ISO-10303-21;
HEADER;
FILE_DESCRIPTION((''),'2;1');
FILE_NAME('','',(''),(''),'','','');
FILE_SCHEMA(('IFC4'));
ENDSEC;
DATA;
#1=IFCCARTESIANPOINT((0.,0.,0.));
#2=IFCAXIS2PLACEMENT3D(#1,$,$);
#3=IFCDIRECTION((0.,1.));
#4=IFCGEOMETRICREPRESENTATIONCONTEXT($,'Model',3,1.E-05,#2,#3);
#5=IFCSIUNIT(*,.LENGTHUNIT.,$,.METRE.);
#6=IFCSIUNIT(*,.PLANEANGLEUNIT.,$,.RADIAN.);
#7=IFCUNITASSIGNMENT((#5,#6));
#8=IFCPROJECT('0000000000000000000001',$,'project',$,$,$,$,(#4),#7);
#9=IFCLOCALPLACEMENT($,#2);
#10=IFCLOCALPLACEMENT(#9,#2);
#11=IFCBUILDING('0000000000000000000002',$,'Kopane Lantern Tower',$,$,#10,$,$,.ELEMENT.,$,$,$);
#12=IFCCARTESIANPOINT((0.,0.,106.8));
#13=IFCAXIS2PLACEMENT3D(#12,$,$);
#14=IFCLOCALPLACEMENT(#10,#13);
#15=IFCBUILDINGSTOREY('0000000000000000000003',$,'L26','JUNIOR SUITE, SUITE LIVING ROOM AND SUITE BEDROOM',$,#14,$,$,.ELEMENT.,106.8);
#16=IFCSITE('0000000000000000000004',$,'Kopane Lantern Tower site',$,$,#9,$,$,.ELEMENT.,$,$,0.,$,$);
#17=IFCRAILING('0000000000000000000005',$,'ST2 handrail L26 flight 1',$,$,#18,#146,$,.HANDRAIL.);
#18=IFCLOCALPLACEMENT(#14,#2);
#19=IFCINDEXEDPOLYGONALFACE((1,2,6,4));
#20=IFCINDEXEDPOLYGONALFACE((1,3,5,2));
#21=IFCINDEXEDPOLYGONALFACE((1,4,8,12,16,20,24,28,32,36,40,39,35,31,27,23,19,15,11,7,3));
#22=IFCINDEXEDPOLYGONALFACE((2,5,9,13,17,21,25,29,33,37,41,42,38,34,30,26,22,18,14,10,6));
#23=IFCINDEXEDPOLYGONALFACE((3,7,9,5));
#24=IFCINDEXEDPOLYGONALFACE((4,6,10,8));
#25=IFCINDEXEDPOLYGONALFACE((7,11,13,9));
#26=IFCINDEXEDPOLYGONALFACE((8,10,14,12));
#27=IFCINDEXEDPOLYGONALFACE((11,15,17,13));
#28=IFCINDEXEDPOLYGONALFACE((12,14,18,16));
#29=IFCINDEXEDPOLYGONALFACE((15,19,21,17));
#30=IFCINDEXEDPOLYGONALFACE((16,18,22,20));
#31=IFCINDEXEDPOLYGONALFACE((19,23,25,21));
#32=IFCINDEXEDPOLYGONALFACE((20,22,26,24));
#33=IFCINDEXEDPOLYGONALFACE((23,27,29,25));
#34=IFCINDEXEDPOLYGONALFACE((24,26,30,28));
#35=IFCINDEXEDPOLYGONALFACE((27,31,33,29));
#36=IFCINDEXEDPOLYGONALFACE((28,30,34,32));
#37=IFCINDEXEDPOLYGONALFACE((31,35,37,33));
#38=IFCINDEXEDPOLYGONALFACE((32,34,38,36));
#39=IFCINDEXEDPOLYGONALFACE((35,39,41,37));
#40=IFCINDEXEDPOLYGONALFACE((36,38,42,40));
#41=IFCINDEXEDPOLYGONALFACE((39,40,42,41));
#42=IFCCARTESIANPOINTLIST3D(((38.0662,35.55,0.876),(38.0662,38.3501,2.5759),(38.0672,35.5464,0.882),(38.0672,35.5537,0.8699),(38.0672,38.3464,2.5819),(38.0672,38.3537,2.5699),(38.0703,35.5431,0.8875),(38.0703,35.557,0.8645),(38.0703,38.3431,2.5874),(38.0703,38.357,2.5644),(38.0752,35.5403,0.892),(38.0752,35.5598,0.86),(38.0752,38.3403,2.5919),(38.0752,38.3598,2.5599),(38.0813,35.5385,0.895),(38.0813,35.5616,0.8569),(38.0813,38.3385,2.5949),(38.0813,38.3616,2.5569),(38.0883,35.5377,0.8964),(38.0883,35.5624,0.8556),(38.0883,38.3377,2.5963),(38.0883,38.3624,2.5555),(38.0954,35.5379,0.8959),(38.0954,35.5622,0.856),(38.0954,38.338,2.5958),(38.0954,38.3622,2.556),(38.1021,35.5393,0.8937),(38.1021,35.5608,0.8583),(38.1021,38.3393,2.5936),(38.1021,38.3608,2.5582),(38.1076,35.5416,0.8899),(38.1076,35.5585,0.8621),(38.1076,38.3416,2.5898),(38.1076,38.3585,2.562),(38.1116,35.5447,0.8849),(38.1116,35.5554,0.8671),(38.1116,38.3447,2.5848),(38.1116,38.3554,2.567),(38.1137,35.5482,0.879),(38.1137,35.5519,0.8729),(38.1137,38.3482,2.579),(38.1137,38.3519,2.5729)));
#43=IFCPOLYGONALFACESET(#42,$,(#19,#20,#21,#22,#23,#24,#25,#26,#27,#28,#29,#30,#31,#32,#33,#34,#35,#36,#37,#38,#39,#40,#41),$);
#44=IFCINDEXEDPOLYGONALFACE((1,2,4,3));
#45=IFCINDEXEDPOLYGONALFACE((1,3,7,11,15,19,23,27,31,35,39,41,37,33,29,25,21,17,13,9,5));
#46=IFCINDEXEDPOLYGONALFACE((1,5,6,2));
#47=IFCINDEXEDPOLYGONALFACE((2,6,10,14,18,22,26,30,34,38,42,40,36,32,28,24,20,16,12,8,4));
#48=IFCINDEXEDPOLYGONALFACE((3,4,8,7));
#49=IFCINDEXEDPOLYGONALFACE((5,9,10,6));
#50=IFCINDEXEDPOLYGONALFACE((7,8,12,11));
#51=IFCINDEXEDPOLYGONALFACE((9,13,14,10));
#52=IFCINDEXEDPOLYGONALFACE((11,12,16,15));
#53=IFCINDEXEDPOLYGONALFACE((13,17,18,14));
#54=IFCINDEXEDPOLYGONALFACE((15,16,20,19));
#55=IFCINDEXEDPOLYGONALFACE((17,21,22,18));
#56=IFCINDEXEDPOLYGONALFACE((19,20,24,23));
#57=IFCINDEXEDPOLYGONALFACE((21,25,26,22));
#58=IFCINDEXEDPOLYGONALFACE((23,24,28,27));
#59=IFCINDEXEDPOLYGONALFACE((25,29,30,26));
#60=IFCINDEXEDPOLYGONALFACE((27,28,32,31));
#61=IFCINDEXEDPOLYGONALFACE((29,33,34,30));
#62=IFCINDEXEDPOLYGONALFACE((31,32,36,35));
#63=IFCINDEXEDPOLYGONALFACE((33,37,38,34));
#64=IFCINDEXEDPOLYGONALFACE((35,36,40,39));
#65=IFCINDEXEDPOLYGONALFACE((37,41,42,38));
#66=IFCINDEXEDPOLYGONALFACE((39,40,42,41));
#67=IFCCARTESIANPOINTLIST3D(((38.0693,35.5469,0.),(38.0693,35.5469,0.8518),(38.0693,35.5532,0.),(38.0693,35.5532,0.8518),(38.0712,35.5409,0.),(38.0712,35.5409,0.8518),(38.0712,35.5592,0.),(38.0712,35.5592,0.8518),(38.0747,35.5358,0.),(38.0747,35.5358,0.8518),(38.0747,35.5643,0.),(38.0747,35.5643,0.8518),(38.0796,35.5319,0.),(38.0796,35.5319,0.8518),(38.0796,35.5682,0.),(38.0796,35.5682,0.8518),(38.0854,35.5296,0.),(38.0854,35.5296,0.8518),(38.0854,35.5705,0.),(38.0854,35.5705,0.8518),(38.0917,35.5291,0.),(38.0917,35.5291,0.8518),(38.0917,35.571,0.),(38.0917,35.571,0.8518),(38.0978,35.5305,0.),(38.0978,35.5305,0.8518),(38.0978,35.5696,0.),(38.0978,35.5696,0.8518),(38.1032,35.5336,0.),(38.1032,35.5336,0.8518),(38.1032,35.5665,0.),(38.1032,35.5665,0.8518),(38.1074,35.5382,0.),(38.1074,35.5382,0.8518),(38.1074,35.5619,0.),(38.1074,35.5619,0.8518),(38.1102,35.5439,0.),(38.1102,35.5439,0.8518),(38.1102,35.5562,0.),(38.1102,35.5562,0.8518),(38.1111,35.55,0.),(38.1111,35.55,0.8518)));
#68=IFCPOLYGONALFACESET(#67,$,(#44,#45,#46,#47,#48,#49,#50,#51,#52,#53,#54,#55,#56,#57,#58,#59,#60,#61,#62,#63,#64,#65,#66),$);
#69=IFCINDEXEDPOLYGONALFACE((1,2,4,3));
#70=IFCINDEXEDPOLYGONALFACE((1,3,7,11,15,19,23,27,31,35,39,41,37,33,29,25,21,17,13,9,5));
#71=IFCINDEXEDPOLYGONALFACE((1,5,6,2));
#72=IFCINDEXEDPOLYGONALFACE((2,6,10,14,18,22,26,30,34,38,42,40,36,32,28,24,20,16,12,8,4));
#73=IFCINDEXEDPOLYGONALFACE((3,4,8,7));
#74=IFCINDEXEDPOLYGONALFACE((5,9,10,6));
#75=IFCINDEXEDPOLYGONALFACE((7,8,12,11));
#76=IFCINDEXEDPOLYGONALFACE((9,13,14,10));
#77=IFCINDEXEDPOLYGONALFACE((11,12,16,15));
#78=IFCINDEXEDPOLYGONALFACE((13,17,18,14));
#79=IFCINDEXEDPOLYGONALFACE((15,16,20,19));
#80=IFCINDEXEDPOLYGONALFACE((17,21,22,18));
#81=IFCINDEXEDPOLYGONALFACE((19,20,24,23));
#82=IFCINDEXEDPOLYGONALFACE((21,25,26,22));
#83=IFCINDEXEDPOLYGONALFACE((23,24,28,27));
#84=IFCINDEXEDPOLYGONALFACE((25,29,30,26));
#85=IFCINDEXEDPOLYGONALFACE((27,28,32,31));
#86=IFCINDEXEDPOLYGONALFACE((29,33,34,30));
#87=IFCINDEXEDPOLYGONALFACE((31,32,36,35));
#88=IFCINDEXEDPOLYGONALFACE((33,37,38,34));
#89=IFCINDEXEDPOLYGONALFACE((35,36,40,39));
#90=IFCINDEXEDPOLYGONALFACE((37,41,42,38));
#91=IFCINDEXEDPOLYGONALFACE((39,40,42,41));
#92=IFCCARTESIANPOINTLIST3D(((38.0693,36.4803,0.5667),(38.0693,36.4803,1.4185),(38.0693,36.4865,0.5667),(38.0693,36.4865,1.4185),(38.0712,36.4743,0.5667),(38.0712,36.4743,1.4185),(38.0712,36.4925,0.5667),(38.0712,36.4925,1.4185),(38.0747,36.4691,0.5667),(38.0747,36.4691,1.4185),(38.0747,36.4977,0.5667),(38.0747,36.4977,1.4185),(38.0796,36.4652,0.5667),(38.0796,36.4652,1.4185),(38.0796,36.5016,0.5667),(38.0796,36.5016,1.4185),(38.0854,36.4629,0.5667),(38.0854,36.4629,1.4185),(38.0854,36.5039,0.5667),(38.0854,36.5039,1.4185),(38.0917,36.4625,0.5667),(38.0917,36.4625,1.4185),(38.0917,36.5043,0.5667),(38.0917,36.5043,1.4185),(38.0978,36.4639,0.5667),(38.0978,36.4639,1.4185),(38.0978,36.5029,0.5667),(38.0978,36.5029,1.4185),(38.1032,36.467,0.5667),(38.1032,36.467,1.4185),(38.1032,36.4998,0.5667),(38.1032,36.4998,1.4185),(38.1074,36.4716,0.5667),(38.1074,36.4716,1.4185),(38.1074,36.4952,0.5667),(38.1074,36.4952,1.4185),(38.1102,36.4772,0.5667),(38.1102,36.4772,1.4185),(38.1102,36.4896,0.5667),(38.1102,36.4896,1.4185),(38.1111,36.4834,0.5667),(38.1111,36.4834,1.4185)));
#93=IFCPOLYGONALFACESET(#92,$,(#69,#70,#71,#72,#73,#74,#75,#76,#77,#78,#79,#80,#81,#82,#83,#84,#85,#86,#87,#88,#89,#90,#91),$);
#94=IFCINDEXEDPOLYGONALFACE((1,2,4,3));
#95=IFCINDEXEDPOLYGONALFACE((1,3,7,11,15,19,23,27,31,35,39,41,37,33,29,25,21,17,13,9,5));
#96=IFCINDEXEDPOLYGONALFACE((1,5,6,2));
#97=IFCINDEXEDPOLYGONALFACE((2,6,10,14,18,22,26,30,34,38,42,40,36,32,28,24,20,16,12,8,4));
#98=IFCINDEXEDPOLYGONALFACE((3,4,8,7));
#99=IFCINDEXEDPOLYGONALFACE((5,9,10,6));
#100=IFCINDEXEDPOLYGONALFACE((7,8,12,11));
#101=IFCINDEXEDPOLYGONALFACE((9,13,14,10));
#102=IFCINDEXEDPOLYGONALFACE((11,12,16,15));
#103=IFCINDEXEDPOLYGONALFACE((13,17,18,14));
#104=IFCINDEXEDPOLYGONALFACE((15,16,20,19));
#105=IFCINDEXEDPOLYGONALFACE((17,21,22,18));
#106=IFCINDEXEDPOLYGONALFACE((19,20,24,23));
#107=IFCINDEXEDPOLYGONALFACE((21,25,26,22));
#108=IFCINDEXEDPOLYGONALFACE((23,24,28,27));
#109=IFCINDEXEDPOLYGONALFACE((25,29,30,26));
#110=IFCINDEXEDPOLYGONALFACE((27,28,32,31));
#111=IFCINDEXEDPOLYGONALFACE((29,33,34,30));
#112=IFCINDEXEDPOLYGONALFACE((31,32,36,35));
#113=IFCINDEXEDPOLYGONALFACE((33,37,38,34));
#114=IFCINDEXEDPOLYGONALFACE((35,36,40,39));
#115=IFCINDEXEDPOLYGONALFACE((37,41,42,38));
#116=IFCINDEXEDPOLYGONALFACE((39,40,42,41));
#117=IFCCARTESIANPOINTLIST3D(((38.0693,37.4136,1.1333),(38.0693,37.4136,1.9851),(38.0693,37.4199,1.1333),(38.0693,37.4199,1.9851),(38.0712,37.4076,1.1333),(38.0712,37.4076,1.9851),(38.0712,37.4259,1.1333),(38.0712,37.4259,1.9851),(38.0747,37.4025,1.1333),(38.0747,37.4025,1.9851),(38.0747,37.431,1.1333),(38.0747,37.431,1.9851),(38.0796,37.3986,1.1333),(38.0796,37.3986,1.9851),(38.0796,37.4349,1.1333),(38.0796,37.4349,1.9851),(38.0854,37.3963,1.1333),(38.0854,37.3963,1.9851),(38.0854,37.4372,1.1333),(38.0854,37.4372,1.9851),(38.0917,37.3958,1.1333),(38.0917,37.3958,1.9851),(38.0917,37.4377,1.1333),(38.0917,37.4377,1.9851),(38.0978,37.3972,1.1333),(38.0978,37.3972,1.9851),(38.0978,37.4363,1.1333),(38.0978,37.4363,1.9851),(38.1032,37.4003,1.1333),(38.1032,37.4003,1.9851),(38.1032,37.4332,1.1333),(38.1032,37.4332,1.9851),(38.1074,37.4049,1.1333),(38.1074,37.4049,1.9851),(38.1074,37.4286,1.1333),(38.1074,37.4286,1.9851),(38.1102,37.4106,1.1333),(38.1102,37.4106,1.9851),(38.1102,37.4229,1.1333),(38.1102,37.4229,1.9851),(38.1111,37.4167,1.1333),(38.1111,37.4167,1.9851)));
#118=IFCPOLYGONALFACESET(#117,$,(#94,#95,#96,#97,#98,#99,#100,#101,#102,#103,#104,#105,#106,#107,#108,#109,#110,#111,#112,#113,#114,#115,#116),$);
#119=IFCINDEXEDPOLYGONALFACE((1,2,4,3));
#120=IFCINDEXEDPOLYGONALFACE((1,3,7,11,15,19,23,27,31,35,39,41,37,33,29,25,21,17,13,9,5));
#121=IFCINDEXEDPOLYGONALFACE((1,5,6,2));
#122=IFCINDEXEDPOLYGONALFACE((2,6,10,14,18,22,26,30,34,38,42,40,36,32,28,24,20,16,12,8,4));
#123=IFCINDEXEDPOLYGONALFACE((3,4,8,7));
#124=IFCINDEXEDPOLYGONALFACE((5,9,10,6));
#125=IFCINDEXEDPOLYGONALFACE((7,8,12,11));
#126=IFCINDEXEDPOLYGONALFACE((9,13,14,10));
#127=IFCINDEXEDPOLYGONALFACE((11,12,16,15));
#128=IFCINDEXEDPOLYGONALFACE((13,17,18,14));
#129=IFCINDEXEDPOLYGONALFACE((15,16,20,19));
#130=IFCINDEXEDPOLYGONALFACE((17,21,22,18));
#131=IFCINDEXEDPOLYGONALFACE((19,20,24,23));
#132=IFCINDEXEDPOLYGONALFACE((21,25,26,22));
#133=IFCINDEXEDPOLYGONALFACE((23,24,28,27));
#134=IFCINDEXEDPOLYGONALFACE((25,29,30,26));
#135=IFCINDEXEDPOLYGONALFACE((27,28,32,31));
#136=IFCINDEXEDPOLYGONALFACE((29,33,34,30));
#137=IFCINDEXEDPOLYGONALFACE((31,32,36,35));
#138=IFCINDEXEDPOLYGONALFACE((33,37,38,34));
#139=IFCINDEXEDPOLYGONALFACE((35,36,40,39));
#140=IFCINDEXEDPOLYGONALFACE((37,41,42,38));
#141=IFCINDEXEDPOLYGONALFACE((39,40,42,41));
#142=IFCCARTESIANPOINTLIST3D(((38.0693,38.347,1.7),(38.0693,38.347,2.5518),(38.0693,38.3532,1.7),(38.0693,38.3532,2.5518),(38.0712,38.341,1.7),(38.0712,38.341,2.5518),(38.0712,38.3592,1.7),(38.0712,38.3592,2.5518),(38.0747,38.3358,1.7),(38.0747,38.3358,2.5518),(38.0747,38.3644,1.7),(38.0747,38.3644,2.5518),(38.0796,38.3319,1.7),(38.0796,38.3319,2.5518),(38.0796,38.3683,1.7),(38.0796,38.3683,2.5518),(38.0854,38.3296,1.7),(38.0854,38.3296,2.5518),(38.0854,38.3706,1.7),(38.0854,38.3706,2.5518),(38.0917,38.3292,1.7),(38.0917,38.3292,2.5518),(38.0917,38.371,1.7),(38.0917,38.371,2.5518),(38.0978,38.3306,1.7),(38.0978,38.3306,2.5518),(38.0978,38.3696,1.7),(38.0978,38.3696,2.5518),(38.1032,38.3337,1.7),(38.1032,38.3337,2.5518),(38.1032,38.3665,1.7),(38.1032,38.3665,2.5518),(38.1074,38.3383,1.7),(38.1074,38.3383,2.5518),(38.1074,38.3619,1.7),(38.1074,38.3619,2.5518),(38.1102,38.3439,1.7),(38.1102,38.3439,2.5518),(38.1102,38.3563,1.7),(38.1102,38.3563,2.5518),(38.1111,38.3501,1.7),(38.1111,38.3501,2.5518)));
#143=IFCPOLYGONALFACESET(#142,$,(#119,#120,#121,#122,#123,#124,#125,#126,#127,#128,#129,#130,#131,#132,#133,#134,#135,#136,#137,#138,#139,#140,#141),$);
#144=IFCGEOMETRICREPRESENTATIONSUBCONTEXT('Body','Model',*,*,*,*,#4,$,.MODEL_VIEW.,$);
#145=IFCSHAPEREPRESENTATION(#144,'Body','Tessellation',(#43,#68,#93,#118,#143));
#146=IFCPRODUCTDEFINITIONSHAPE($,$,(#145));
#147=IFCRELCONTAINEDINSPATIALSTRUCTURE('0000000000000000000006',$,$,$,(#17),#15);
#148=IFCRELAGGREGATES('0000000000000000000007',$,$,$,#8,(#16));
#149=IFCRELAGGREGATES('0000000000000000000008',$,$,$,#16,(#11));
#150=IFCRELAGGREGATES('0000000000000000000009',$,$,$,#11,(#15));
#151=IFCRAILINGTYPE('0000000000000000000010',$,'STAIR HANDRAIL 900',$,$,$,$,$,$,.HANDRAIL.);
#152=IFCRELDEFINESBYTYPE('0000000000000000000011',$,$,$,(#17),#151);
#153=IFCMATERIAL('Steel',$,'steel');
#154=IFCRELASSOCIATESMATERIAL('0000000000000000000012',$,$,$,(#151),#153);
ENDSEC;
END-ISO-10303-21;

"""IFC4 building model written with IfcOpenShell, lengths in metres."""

from ifc_helpers import new_model, si_unit, direction, frame, origin, origin_2d, place, context, subcontext, project, spatial, circle, extrude, material, type_object, element, save


model = new_model("IFC4")

# Units and contexts
model_context = context("Model", 3, precision=1e-05, world=origin(), true_north=direction((0.0, 1.0)))
body_context = subcontext(model_context, "Body", "Model", "MODEL_VIEW")
ifc_project = project(units=[si_unit("LENGTHUNIT", "METRE"), si_unit("PLANEANGLEUNIT", "RADIAN")], contexts=[model_context])

# Site, building, storey
site_placement = place(None, origin())
site = spatial("IfcSite", under=ifc_project, at=site_placement, Name="Kopane Lantern Tower site", CompositionType="ELEMENT", RefElevation=0.0)
building_placement = place(site_placement, origin())
building = spatial("IfcBuilding", under=site, at=building_placement, Name="Kopane Lantern Tower", CompositionType="ELEMENT")
storey_placement = place(building_placement, frame((0.0, 0.0, 106.8)))
storey = spatial("IfcBuildingStorey", under=building, at=storey_placement, Name="L26", Description="JUNIOR SUITE, SUITE LIVING ROOM AND SUITE BEDROOM", CompositionType="ELEMENT", Elevation=106.8)

# Railing
ifc_material_1 = material(Name="Steel", Category="steel")
railing_type_1 = type_object("IfcRailingType", Name="STAIR HANDRAIL 900", PredefinedType="HANDRAIL", material=ifc_material_1)
for number, where, name in (
    (1, (38.0901, 35.55, 0.0), "ST2 handrail L26 flight 1"),
):
    element("IfcRailing", number, at=place(storey_placement, frame(where)), inside=storey, type_object=railing_type_1, Name=name, PredefinedType="HANDRAIL", context=body_context, shape_type="SweptSolid", body=[
        extrude(circle(Radius=0.0239, at=origin_2d()), frame((0.0, 0.0, 0.876), z_axis=(0.0, 0.854798, 0.518961), x_axis=(-1.0, 0.0, 0.0)), (0.0, 0.0, 1.0), 3.2756),
        extrude(circle(Radius=0.021, at=origin_2d()), origin(), (0.0, 0.0, 1.0), 0.8518),
        extrude(circle(Radius=0.021, at=origin_2d()), frame((0.0, 0.9333, 0.5667)), (0.0, 0.0, 1.0), 0.8518),
        extrude(circle(Radius=0.021, at=origin_2d()), frame((0.0, 1.8667, 1.1333)), (0.0, 0.0, 1.0), 0.8518),
        extrude(circle(Radius=0.021, at=origin_2d()), frame((0.0, 2.8, 1.7)), (0.0, 0.0, 1.0), 0.8518),
    ])

save(model, "model.ifc")
